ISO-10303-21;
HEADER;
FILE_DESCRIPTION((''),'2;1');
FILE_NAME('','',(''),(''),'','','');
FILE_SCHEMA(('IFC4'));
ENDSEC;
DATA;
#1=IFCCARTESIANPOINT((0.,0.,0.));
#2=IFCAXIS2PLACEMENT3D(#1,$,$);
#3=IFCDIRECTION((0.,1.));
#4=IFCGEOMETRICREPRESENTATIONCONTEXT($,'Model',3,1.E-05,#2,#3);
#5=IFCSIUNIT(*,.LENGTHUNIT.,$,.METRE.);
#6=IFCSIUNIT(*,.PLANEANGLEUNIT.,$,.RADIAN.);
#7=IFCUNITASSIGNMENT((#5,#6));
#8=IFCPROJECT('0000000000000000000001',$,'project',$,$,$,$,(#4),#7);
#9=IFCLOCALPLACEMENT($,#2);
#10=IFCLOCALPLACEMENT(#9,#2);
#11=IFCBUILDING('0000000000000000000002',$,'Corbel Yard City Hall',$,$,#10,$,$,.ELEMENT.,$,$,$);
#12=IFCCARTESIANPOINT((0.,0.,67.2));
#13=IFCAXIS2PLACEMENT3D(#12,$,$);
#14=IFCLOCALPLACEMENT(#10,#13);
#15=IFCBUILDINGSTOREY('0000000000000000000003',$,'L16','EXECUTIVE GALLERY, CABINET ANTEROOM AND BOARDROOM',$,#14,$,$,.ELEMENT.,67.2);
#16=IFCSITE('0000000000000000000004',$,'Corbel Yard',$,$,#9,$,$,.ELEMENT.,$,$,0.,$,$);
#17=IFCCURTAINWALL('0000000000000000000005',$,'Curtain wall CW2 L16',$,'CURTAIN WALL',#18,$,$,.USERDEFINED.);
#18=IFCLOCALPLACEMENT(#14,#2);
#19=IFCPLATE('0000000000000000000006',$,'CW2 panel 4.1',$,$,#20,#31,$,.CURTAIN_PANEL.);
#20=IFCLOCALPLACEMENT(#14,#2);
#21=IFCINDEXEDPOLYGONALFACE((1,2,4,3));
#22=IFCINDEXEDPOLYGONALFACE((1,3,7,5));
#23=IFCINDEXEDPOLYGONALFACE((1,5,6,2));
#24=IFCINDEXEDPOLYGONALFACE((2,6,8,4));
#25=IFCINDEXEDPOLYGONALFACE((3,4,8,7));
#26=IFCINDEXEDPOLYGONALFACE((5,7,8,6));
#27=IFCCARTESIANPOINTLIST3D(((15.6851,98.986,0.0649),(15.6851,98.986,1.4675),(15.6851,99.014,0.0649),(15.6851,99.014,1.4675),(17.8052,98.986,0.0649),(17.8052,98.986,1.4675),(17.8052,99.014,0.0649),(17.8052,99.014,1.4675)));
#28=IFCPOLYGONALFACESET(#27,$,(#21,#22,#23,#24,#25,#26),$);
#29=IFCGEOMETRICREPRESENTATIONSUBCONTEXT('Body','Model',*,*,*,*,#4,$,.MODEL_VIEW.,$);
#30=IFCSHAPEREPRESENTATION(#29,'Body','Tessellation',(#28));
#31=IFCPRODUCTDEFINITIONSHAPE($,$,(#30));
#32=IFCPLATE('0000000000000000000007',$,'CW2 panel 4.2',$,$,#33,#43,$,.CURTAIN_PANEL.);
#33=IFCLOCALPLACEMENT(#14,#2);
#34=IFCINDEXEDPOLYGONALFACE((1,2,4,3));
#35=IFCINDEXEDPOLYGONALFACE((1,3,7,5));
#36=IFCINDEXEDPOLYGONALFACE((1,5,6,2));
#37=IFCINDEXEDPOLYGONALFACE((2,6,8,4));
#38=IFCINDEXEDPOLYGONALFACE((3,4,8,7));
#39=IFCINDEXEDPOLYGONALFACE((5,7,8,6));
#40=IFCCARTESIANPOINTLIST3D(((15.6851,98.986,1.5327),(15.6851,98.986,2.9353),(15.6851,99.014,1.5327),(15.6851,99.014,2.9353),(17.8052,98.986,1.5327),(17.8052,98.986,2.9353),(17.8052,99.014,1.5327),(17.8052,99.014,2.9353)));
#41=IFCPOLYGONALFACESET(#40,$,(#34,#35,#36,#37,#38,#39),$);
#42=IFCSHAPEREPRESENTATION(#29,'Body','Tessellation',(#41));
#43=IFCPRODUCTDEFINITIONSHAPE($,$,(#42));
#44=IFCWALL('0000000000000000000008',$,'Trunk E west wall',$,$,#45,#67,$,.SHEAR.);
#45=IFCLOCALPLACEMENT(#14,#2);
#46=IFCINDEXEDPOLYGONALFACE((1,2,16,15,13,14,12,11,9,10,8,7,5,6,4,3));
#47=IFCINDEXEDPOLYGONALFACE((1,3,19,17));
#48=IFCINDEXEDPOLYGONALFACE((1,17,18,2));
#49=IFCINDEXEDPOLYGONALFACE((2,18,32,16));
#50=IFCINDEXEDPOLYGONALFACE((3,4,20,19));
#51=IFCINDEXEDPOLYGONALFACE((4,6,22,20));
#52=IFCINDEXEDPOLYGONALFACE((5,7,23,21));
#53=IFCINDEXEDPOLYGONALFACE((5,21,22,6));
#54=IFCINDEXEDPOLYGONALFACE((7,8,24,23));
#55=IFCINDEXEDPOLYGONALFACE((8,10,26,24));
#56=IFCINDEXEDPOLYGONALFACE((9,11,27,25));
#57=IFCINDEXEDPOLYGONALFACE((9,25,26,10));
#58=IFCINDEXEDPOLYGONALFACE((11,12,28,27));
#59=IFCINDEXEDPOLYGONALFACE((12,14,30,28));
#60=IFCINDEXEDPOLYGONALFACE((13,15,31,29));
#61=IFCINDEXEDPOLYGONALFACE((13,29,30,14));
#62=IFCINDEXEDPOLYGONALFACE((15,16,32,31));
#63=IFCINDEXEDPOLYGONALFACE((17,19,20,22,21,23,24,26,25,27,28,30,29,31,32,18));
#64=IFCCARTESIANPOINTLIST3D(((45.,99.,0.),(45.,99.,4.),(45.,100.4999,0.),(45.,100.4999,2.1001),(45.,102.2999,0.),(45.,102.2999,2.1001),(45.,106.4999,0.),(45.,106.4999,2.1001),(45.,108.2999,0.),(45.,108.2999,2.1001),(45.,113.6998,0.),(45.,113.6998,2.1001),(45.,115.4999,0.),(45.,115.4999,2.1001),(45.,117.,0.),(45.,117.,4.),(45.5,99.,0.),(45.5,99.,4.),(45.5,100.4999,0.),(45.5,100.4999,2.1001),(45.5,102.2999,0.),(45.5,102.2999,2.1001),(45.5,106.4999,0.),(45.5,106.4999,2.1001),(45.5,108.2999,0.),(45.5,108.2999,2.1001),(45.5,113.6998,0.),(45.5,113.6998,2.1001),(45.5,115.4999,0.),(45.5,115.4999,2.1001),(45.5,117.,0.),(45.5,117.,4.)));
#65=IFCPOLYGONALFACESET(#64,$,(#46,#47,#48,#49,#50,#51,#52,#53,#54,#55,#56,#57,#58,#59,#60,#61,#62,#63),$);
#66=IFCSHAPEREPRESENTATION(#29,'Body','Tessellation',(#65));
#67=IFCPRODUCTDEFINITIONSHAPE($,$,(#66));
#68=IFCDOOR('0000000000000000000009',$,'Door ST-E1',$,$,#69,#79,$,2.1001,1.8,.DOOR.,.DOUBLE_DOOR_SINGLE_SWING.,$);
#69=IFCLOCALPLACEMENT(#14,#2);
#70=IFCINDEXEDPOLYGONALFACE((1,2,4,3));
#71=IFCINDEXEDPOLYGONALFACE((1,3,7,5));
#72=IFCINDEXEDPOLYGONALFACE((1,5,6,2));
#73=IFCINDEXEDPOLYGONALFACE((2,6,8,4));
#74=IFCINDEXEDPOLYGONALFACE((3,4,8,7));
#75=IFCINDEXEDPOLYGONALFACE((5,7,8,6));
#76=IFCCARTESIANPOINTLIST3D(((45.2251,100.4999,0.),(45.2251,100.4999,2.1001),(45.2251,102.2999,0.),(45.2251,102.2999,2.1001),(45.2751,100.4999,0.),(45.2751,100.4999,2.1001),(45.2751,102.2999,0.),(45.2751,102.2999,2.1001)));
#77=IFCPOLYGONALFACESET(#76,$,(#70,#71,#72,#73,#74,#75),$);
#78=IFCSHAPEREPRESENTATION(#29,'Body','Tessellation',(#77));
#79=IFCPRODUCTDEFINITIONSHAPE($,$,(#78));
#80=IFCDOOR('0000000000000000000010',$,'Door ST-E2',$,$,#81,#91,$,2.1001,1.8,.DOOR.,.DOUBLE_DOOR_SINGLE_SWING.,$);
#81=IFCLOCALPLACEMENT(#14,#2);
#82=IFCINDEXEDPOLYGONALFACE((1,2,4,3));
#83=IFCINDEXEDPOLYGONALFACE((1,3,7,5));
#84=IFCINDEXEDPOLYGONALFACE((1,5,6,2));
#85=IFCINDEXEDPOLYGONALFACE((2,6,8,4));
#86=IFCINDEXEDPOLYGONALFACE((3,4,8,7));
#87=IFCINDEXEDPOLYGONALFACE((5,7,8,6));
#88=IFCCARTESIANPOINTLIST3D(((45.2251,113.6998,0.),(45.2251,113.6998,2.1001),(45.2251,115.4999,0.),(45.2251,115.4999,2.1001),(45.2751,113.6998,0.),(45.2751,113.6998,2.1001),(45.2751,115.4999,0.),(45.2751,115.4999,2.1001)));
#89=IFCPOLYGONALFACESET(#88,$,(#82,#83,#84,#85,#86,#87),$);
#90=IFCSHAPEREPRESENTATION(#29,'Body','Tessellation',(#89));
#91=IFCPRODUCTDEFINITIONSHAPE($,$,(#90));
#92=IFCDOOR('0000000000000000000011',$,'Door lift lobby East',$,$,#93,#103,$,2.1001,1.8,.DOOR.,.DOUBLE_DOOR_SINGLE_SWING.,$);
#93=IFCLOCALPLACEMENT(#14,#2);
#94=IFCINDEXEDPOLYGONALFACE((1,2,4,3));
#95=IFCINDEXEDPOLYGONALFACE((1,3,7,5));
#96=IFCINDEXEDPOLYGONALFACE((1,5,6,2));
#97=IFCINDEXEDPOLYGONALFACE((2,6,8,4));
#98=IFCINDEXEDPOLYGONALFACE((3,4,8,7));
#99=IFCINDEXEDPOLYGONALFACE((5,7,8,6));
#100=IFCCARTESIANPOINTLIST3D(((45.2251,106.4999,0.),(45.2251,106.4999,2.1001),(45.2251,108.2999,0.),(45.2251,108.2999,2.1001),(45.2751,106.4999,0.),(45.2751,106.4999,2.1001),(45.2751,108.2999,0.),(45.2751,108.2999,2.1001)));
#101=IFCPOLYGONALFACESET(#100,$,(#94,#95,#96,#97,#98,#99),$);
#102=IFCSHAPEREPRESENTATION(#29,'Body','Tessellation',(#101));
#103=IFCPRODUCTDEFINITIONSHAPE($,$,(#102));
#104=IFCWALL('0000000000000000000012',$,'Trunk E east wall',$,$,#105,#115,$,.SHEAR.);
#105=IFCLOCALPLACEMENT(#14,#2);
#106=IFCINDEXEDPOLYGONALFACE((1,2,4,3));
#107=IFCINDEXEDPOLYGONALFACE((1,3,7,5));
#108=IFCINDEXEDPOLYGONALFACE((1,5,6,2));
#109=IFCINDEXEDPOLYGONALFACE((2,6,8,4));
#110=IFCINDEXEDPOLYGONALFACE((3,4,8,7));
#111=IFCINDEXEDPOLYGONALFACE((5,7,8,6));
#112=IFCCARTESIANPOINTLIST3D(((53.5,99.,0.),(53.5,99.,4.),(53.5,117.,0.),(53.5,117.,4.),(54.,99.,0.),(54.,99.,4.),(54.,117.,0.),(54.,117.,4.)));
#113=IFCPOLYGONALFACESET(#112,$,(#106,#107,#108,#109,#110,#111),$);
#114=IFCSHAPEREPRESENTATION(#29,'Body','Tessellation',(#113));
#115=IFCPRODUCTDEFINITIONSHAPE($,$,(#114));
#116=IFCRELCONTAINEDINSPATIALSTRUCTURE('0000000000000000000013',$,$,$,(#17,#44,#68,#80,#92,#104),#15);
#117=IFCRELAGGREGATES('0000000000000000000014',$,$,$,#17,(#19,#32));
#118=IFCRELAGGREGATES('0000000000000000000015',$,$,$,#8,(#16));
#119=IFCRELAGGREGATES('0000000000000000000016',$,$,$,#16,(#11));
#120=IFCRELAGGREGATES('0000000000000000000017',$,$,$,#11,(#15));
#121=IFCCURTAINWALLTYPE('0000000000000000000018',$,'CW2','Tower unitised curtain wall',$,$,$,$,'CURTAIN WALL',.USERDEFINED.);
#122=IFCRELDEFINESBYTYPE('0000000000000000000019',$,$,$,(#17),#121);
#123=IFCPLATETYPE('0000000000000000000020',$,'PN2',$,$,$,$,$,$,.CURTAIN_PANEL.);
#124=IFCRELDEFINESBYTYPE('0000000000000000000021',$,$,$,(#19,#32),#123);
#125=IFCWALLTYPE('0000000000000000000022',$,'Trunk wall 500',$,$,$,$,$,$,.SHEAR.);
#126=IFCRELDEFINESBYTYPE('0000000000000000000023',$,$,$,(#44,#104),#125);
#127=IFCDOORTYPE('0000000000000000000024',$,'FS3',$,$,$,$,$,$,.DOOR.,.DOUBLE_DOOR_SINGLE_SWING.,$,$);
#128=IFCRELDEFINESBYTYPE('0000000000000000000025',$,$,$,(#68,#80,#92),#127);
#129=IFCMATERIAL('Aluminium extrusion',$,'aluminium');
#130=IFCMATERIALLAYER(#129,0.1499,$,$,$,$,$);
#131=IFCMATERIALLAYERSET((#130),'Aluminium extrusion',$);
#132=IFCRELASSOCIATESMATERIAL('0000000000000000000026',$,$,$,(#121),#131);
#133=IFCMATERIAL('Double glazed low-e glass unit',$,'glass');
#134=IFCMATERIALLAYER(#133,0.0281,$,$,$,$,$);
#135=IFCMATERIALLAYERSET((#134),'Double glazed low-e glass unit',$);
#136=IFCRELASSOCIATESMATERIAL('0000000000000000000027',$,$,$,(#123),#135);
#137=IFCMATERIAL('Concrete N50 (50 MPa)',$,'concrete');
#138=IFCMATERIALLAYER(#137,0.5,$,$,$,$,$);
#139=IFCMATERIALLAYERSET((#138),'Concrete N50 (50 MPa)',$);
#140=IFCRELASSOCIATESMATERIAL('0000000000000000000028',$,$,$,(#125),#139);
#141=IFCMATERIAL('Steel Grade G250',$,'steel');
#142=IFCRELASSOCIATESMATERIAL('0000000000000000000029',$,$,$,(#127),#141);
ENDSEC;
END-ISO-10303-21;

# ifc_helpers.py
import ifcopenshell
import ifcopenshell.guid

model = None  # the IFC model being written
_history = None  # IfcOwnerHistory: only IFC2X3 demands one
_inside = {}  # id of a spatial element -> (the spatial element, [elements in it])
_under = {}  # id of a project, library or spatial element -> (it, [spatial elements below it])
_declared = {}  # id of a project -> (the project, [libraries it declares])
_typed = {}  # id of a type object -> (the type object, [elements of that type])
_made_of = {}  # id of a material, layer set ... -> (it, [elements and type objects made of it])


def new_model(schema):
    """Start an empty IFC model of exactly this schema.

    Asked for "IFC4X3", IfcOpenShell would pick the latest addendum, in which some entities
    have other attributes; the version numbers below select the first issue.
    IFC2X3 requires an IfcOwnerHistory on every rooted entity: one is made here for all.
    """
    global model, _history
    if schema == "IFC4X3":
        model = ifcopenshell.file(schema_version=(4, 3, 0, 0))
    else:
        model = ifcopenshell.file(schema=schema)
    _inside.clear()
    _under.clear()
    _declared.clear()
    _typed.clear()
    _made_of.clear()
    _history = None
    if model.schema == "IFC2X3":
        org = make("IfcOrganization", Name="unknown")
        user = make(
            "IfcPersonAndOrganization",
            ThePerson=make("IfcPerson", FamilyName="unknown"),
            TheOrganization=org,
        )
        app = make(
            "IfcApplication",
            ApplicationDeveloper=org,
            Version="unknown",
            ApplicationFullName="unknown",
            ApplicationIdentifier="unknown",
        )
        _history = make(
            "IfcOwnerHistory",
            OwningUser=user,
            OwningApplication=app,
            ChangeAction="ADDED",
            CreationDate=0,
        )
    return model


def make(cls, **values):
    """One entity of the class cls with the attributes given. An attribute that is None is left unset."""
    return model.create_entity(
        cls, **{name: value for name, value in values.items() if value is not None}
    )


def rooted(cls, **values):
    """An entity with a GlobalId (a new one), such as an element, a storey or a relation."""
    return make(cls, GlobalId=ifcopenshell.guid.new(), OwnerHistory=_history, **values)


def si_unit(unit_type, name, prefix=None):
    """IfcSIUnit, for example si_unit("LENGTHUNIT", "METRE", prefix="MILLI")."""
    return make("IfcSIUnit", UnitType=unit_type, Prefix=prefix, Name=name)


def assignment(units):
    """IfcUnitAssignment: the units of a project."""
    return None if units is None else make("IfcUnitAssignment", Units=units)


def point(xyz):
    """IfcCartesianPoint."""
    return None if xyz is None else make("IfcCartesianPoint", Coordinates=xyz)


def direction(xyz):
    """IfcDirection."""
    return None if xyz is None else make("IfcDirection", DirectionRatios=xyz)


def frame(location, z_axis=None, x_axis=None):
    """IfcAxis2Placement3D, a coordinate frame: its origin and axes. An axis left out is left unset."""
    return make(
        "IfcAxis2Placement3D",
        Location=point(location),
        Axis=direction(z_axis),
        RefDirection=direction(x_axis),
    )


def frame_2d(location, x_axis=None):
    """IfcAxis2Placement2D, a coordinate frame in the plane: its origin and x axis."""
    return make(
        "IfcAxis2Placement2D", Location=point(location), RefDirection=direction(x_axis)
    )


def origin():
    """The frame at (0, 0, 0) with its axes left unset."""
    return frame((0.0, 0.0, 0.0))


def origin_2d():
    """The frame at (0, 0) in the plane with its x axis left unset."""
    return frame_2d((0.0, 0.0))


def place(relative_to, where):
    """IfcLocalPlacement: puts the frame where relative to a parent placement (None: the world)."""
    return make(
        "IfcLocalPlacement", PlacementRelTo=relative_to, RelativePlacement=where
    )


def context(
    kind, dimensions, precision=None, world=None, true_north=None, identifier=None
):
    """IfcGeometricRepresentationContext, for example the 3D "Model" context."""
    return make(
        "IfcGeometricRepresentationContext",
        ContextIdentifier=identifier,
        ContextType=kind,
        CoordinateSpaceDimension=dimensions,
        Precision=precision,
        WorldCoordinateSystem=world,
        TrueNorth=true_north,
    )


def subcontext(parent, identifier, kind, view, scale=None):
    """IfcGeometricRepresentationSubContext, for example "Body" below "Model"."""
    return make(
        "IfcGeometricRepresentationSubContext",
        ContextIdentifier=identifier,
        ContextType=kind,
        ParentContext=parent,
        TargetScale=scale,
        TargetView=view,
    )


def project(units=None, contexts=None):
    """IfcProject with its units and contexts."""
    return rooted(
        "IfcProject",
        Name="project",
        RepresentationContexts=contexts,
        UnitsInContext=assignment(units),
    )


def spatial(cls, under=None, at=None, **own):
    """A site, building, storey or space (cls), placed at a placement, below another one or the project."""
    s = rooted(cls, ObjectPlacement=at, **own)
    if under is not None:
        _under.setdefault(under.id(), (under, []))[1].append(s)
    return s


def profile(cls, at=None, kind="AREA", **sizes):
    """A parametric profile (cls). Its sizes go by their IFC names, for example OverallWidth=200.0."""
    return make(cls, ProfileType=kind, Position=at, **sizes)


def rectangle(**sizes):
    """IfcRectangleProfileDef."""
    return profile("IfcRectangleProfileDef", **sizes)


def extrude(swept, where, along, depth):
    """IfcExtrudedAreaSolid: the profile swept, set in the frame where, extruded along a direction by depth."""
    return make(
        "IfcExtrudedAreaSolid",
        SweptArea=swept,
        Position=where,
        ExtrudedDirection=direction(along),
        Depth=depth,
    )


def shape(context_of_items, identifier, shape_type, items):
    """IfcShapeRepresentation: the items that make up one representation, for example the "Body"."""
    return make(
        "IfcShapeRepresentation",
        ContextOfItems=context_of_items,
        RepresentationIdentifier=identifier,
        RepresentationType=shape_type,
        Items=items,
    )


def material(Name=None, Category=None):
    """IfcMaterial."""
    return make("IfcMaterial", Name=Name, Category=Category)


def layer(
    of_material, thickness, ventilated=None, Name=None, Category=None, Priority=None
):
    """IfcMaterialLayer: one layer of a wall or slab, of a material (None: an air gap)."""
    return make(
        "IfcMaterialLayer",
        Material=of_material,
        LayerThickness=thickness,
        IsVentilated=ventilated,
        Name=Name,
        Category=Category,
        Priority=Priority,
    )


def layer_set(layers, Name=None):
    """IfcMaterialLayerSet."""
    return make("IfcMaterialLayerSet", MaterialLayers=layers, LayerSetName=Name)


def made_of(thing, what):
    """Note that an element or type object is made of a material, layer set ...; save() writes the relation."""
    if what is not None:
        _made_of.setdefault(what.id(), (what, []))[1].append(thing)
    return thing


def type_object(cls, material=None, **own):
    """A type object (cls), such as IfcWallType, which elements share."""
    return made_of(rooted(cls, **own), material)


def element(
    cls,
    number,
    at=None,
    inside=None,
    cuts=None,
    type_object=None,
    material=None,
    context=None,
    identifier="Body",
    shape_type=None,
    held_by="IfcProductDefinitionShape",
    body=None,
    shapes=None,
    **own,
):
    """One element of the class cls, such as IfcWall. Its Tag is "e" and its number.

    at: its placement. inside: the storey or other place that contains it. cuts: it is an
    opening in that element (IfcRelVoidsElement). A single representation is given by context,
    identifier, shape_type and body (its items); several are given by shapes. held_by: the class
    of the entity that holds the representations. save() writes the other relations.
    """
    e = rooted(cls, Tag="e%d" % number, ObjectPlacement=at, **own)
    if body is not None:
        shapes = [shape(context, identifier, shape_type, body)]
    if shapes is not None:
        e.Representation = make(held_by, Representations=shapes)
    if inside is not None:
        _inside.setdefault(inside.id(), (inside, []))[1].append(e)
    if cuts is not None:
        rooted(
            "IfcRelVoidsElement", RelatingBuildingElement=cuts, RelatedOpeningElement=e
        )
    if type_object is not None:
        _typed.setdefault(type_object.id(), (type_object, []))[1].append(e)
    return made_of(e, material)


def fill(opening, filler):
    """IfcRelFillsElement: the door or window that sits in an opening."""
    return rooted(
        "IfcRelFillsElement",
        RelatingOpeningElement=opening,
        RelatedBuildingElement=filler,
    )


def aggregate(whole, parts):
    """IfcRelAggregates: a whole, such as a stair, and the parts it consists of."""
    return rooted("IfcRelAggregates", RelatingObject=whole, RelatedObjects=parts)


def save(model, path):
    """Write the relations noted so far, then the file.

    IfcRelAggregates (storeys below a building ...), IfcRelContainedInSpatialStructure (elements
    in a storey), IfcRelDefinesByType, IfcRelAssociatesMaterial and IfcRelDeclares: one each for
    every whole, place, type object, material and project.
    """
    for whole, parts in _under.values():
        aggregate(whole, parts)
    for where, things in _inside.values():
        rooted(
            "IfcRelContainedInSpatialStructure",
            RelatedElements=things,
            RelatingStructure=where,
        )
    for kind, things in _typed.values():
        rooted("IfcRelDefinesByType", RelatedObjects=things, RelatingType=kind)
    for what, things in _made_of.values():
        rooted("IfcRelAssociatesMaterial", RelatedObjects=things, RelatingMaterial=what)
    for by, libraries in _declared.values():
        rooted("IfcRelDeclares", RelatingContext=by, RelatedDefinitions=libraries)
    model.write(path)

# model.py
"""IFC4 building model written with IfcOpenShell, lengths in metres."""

from ifc_helpers import new_model, si_unit, direction, frame, frame_2d, origin, origin_2d, place, context, subcontext, project, spatial, rectangle, extrude, material, layer, layer_set, type_object, element, fill, aggregate, save


model = new_model("IFC4")

# Units and contexts
model_context = context("Model", 3, precision=1e-05, world=origin(), true_north=direction((0.0, 1.0)))
body_context = subcontext(model_context, "Body", "Model", "MODEL_VIEW")
ifc_project = project(units=[si_unit("LENGTHUNIT", "METRE"), si_unit("PLANEANGLEUNIT", "RADIAN")], contexts=[model_context])

# Site, building, storey
site_placement = place(None, origin())
site = spatial("IfcSite", under=ifc_project, at=site_placement, Name="Corbel Yard", CompositionType="ELEMENT", RefElevation=0.0)
building_placement = place(site_placement, origin())
building = spatial("IfcBuilding", under=site, at=building_placement, Name="Corbel Yard City Hall", CompositionType="ELEMENT")
storey_placement = place(building_placement, frame((0.0, 0.0, 67.2)))
storey = spatial("IfcBuildingStorey", under=building, at=storey_placement, Name="L16", Description="EXECUTIVE GALLERY, CABINET ANTEROOM AND BOARDROOM", CompositionType="ELEMENT", Elevation=67.2)

# Curtain wall, plates
ifc_material_1 = material(Name="Aluminium extrusion", Category="aluminium")
ifc_layer_1 = layer(ifc_material_1, 0.1499)
ifc_layer_set_1 = layer_set([ifc_layer_1], Name="Aluminium extrusion")
curtain_wall_type = type_object("IfcCurtainWallType", Name="CW2", Description="Tower unitised curtain wall", ElementType="CURTAIN WALL", PredefinedType="USERDEFINED", material=ifc_layer_set_1)
curtain_wall_placement = place(storey_placement, origin())
curtain_wall = element("IfcCurtainWall", 1, at=curtain_wall_placement, inside=storey, type_object=curtain_wall_type, Name="Curtain wall CW2 L16", ObjectType="CURTAIN WALL", PredefinedType="USERDEFINED")
ifc_material_2 = material(Name="Double glazed low-e glass unit", Category="glass")
ifc_layer_2 = layer(ifc_material_2, 0.0281)
ifc_layer_set_2 = layer_set([ifc_layer_2], Name="Double glazed low-e glass unit")
plate_type = type_object("IfcPlateType", Name="PN2", PredefinedType="CURTAIN_PANEL", material=ifc_layer_set_2)
plate_1_placement = place(storey_placement, frame((16.7451, 99.0, 0.0649), z_axis=(0.0, 0.0, 1.0), x_axis=(1.0, 0.0, 0.0)))
plate_1 = element("IfcPlate", 2, at=plate_1_placement, type_object=plate_type, Name="CW2 panel 4.1", PredefinedType="CURTAIN_PANEL", context=body_context, shape_type="SweptSolid", body=[
    extrude(rectangle(XDim=2.1201, YDim=0.0281, at=origin_2d()), origin(), (0.0, 0.0, 1.0), 1.4026),
])
plate_2_placement = place(storey_placement, frame((16.7451, 99.0, 1.5327), z_axis=(0.0, 0.0, 1.0), x_axis=(1.0, 0.0, 0.0)))
plate_2 = element("IfcPlate", 3, at=plate_2_placement, type_object=plate_type, Name="CW2 panel 4.2", PredefinedType="CURTAIN_PANEL", context=body_context, shape_type="SweptSolid", body=[
    extrude(rectangle(XDim=2.1201, YDim=0.0281, at=origin_2d()), origin(), (0.0, 0.0, 1.0), 1.4026),
])
aggregate(curtain_wall, [plate_1, plate_2])

# Wall, openings, doors
ifc_material_3 = material(Name="Concrete N50 (50 MPa)", Category="concrete")
ifc_layer_3 = layer(ifc_material_3, 0.5)
ifc_layer_set_3 = layer_set([ifc_layer_3], Name="Concrete N50 (50 MPa)")
wall_type = type_object("IfcWallType", Name="Trunk wall 500", PredefinedType="SHEAR", material=ifc_layer_set_3)
wall_1_placement = place(storey_placement, frame((45.25, 99.0, 0.0), z_axis=(0.0, 0.0, 1.0), x_axis=(0.0, 1.0, 0.0)))
wall_1 = element("IfcWall", 4, at=wall_1_placement, inside=storey, type_object=wall_type, Name="Trunk E west wall", PredefinedType="SHEAR", context=body_context, shape_type="SweptSolid", body=[
    extrude(rectangle(XDim=18.0, YDim=0.5, at=frame_2d((9.0, 0.0))), origin(), (0.0, 0.0, 1.0), 4.0),
])
opening_1_placement = place(wall_1_placement, frame((1.5, 0.0, 0.0)))
opening_1 = element("IfcOpeningElement", 5, at=opening_1_placement, cuts=wall_1, PredefinedType="OPENING", context=body_context, shape_type="SweptSolid", body=[
    extrude(rectangle(XDim=1.8, YDim=2.1001, at=frame_2d((0.8999, 1.05))), frame((0.0, 0.26, 0.0), z_axis=(0.0, -1.0, 0.0), x_axis=(1.0, 0.0, 0.0)), (0.0, 0.0, 1.0), 0.52),
])
opening_2_placement = place(wall_1_placement, frame((14.7, 0.0, 0.0)))
opening_2 = element("IfcOpeningElement", 6, at=opening_2_placement, cuts=wall_1, PredefinedType="OPENING", context=body_context, shape_type="SweptSolid", body=[
    extrude(rectangle(XDim=1.8, YDim=2.1001, at=frame_2d((0.8999, 1.05))), frame((0.0, 0.26, 0.0), z_axis=(0.0, -1.0, 0.0), x_axis=(1.0, 0.0, 0.0)), (0.0, 0.0, 1.0), 0.52),
])
opening_3_placement = place(wall_1_placement, frame((7.5, 0.0, 0.0)))
opening_3 = element("IfcOpeningElement", 7, at=opening_3_placement, cuts=wall_1, PredefinedType="OPENING", context=body_context, shape_type="SweptSolid", body=[
    extrude(rectangle(XDim=1.8, YDim=2.1001, at=frame_2d((0.8999, 1.05))), frame((0.0, 0.26, 0.0), z_axis=(0.0, -1.0, 0.0), x_axis=(1.0, 0.0, 0.0)), (0.0, 0.0, 1.0), 0.52),
])
ifc_material_4 = material(Name="Steel Grade G250", Category="steel")
door_type = type_object("IfcDoorType", Name="FS3", OperationType="DOUBLE_DOOR_SINGLE_SWING", PredefinedType="DOOR", material=ifc_material_4)
door_1_placement = place(opening_1_placement, origin())
door_1 = element("IfcDoor", 8, at=door_1_placement, inside=storey, type_object=door_type, Name="Door ST-E1", OperationType="DOUBLE_DOOR_SINGLE_SWING", OverallHeight=2.1001, OverallWidth=1.8, PredefinedType="DOOR", context=body_context, shape_type="SweptSolid", body=[
    extrude(rectangle(XDim=1.8, YDim=2.1001, at=frame_2d((0.8999, 1.05))), frame((0.0, 0.0249, 0.0), z_axis=(0.0, -1.0, 0.0), x_axis=(1.0, 0.0, 0.0)), (0.0, 0.0, 1.0), 0.05),
])
fill(opening_1, door_1)
door_2_placement = place(opening_2_placement, origin())
door_2 = element("IfcDoor", 9, at=door_2_placement, inside=storey, type_object=door_type, Name="Door ST-E2", OperationType="DOUBLE_DOOR_SINGLE_SWING", OverallHeight=2.1001, OverallWidth=1.8, PredefinedType="DOOR", context=body_context, shape_type="SweptSolid", body=[
    extrude(rectangle(XDim=1.8, YDim=2.1001, at=frame_2d((0.8999, 1.05))), frame((0.0, 0.0249, 0.0), z_axis=(0.0, -1.0, 0.0), x_axis=(1.0, 0.0, 0.0)), (0.0, 0.0, 1.0), 0.05),
])
fill(opening_2, door_2)
door_3_placement = place(opening_3_placement, origin())
door_3 = element("IfcDoor", 10, at=door_3_placement, inside=storey, type_object=door_type, Name="Door lift lobby East", OperationType="DOUBLE_DOOR_SINGLE_SWING", OverallHeight=2.1001, OverallWidth=1.8, PredefinedType="DOOR", context=body_context, shape_type="SweptSolid", body=[
    extrude(rectangle(XDim=1.8, YDim=2.1001, at=frame_2d((0.8999, 1.05))), frame((0.0, 0.0249, 0.0), z_axis=(0.0, -1.0, 0.0), x_axis=(1.0, 0.0, 0.0)), (0.0, 0.0, 1.0), 0.05),
])
fill(opening_3, door_3)

# Wall
wall_2_placement = place(storey_placement, frame((53.75, 99.0, 0.0), z_axis=(0.0, 0.0, 1.0), x_axis=(0.0, 1.0, 0.0)))
element("IfcWall", 11, at=wall_2_placement, inside=storey, type_object=wall_type, Name="Trunk E east wall", PredefinedType="SHEAR", context=body_context, shape_type="SweptSolid", body=[
    extrude(rectangle(XDim=18.0, YDim=0.5, at=frame_2d((9.0, 0.0))), origin(), (0.0, 0.0, 1.0), 4.0),
])

save(model, "model.ifc")
